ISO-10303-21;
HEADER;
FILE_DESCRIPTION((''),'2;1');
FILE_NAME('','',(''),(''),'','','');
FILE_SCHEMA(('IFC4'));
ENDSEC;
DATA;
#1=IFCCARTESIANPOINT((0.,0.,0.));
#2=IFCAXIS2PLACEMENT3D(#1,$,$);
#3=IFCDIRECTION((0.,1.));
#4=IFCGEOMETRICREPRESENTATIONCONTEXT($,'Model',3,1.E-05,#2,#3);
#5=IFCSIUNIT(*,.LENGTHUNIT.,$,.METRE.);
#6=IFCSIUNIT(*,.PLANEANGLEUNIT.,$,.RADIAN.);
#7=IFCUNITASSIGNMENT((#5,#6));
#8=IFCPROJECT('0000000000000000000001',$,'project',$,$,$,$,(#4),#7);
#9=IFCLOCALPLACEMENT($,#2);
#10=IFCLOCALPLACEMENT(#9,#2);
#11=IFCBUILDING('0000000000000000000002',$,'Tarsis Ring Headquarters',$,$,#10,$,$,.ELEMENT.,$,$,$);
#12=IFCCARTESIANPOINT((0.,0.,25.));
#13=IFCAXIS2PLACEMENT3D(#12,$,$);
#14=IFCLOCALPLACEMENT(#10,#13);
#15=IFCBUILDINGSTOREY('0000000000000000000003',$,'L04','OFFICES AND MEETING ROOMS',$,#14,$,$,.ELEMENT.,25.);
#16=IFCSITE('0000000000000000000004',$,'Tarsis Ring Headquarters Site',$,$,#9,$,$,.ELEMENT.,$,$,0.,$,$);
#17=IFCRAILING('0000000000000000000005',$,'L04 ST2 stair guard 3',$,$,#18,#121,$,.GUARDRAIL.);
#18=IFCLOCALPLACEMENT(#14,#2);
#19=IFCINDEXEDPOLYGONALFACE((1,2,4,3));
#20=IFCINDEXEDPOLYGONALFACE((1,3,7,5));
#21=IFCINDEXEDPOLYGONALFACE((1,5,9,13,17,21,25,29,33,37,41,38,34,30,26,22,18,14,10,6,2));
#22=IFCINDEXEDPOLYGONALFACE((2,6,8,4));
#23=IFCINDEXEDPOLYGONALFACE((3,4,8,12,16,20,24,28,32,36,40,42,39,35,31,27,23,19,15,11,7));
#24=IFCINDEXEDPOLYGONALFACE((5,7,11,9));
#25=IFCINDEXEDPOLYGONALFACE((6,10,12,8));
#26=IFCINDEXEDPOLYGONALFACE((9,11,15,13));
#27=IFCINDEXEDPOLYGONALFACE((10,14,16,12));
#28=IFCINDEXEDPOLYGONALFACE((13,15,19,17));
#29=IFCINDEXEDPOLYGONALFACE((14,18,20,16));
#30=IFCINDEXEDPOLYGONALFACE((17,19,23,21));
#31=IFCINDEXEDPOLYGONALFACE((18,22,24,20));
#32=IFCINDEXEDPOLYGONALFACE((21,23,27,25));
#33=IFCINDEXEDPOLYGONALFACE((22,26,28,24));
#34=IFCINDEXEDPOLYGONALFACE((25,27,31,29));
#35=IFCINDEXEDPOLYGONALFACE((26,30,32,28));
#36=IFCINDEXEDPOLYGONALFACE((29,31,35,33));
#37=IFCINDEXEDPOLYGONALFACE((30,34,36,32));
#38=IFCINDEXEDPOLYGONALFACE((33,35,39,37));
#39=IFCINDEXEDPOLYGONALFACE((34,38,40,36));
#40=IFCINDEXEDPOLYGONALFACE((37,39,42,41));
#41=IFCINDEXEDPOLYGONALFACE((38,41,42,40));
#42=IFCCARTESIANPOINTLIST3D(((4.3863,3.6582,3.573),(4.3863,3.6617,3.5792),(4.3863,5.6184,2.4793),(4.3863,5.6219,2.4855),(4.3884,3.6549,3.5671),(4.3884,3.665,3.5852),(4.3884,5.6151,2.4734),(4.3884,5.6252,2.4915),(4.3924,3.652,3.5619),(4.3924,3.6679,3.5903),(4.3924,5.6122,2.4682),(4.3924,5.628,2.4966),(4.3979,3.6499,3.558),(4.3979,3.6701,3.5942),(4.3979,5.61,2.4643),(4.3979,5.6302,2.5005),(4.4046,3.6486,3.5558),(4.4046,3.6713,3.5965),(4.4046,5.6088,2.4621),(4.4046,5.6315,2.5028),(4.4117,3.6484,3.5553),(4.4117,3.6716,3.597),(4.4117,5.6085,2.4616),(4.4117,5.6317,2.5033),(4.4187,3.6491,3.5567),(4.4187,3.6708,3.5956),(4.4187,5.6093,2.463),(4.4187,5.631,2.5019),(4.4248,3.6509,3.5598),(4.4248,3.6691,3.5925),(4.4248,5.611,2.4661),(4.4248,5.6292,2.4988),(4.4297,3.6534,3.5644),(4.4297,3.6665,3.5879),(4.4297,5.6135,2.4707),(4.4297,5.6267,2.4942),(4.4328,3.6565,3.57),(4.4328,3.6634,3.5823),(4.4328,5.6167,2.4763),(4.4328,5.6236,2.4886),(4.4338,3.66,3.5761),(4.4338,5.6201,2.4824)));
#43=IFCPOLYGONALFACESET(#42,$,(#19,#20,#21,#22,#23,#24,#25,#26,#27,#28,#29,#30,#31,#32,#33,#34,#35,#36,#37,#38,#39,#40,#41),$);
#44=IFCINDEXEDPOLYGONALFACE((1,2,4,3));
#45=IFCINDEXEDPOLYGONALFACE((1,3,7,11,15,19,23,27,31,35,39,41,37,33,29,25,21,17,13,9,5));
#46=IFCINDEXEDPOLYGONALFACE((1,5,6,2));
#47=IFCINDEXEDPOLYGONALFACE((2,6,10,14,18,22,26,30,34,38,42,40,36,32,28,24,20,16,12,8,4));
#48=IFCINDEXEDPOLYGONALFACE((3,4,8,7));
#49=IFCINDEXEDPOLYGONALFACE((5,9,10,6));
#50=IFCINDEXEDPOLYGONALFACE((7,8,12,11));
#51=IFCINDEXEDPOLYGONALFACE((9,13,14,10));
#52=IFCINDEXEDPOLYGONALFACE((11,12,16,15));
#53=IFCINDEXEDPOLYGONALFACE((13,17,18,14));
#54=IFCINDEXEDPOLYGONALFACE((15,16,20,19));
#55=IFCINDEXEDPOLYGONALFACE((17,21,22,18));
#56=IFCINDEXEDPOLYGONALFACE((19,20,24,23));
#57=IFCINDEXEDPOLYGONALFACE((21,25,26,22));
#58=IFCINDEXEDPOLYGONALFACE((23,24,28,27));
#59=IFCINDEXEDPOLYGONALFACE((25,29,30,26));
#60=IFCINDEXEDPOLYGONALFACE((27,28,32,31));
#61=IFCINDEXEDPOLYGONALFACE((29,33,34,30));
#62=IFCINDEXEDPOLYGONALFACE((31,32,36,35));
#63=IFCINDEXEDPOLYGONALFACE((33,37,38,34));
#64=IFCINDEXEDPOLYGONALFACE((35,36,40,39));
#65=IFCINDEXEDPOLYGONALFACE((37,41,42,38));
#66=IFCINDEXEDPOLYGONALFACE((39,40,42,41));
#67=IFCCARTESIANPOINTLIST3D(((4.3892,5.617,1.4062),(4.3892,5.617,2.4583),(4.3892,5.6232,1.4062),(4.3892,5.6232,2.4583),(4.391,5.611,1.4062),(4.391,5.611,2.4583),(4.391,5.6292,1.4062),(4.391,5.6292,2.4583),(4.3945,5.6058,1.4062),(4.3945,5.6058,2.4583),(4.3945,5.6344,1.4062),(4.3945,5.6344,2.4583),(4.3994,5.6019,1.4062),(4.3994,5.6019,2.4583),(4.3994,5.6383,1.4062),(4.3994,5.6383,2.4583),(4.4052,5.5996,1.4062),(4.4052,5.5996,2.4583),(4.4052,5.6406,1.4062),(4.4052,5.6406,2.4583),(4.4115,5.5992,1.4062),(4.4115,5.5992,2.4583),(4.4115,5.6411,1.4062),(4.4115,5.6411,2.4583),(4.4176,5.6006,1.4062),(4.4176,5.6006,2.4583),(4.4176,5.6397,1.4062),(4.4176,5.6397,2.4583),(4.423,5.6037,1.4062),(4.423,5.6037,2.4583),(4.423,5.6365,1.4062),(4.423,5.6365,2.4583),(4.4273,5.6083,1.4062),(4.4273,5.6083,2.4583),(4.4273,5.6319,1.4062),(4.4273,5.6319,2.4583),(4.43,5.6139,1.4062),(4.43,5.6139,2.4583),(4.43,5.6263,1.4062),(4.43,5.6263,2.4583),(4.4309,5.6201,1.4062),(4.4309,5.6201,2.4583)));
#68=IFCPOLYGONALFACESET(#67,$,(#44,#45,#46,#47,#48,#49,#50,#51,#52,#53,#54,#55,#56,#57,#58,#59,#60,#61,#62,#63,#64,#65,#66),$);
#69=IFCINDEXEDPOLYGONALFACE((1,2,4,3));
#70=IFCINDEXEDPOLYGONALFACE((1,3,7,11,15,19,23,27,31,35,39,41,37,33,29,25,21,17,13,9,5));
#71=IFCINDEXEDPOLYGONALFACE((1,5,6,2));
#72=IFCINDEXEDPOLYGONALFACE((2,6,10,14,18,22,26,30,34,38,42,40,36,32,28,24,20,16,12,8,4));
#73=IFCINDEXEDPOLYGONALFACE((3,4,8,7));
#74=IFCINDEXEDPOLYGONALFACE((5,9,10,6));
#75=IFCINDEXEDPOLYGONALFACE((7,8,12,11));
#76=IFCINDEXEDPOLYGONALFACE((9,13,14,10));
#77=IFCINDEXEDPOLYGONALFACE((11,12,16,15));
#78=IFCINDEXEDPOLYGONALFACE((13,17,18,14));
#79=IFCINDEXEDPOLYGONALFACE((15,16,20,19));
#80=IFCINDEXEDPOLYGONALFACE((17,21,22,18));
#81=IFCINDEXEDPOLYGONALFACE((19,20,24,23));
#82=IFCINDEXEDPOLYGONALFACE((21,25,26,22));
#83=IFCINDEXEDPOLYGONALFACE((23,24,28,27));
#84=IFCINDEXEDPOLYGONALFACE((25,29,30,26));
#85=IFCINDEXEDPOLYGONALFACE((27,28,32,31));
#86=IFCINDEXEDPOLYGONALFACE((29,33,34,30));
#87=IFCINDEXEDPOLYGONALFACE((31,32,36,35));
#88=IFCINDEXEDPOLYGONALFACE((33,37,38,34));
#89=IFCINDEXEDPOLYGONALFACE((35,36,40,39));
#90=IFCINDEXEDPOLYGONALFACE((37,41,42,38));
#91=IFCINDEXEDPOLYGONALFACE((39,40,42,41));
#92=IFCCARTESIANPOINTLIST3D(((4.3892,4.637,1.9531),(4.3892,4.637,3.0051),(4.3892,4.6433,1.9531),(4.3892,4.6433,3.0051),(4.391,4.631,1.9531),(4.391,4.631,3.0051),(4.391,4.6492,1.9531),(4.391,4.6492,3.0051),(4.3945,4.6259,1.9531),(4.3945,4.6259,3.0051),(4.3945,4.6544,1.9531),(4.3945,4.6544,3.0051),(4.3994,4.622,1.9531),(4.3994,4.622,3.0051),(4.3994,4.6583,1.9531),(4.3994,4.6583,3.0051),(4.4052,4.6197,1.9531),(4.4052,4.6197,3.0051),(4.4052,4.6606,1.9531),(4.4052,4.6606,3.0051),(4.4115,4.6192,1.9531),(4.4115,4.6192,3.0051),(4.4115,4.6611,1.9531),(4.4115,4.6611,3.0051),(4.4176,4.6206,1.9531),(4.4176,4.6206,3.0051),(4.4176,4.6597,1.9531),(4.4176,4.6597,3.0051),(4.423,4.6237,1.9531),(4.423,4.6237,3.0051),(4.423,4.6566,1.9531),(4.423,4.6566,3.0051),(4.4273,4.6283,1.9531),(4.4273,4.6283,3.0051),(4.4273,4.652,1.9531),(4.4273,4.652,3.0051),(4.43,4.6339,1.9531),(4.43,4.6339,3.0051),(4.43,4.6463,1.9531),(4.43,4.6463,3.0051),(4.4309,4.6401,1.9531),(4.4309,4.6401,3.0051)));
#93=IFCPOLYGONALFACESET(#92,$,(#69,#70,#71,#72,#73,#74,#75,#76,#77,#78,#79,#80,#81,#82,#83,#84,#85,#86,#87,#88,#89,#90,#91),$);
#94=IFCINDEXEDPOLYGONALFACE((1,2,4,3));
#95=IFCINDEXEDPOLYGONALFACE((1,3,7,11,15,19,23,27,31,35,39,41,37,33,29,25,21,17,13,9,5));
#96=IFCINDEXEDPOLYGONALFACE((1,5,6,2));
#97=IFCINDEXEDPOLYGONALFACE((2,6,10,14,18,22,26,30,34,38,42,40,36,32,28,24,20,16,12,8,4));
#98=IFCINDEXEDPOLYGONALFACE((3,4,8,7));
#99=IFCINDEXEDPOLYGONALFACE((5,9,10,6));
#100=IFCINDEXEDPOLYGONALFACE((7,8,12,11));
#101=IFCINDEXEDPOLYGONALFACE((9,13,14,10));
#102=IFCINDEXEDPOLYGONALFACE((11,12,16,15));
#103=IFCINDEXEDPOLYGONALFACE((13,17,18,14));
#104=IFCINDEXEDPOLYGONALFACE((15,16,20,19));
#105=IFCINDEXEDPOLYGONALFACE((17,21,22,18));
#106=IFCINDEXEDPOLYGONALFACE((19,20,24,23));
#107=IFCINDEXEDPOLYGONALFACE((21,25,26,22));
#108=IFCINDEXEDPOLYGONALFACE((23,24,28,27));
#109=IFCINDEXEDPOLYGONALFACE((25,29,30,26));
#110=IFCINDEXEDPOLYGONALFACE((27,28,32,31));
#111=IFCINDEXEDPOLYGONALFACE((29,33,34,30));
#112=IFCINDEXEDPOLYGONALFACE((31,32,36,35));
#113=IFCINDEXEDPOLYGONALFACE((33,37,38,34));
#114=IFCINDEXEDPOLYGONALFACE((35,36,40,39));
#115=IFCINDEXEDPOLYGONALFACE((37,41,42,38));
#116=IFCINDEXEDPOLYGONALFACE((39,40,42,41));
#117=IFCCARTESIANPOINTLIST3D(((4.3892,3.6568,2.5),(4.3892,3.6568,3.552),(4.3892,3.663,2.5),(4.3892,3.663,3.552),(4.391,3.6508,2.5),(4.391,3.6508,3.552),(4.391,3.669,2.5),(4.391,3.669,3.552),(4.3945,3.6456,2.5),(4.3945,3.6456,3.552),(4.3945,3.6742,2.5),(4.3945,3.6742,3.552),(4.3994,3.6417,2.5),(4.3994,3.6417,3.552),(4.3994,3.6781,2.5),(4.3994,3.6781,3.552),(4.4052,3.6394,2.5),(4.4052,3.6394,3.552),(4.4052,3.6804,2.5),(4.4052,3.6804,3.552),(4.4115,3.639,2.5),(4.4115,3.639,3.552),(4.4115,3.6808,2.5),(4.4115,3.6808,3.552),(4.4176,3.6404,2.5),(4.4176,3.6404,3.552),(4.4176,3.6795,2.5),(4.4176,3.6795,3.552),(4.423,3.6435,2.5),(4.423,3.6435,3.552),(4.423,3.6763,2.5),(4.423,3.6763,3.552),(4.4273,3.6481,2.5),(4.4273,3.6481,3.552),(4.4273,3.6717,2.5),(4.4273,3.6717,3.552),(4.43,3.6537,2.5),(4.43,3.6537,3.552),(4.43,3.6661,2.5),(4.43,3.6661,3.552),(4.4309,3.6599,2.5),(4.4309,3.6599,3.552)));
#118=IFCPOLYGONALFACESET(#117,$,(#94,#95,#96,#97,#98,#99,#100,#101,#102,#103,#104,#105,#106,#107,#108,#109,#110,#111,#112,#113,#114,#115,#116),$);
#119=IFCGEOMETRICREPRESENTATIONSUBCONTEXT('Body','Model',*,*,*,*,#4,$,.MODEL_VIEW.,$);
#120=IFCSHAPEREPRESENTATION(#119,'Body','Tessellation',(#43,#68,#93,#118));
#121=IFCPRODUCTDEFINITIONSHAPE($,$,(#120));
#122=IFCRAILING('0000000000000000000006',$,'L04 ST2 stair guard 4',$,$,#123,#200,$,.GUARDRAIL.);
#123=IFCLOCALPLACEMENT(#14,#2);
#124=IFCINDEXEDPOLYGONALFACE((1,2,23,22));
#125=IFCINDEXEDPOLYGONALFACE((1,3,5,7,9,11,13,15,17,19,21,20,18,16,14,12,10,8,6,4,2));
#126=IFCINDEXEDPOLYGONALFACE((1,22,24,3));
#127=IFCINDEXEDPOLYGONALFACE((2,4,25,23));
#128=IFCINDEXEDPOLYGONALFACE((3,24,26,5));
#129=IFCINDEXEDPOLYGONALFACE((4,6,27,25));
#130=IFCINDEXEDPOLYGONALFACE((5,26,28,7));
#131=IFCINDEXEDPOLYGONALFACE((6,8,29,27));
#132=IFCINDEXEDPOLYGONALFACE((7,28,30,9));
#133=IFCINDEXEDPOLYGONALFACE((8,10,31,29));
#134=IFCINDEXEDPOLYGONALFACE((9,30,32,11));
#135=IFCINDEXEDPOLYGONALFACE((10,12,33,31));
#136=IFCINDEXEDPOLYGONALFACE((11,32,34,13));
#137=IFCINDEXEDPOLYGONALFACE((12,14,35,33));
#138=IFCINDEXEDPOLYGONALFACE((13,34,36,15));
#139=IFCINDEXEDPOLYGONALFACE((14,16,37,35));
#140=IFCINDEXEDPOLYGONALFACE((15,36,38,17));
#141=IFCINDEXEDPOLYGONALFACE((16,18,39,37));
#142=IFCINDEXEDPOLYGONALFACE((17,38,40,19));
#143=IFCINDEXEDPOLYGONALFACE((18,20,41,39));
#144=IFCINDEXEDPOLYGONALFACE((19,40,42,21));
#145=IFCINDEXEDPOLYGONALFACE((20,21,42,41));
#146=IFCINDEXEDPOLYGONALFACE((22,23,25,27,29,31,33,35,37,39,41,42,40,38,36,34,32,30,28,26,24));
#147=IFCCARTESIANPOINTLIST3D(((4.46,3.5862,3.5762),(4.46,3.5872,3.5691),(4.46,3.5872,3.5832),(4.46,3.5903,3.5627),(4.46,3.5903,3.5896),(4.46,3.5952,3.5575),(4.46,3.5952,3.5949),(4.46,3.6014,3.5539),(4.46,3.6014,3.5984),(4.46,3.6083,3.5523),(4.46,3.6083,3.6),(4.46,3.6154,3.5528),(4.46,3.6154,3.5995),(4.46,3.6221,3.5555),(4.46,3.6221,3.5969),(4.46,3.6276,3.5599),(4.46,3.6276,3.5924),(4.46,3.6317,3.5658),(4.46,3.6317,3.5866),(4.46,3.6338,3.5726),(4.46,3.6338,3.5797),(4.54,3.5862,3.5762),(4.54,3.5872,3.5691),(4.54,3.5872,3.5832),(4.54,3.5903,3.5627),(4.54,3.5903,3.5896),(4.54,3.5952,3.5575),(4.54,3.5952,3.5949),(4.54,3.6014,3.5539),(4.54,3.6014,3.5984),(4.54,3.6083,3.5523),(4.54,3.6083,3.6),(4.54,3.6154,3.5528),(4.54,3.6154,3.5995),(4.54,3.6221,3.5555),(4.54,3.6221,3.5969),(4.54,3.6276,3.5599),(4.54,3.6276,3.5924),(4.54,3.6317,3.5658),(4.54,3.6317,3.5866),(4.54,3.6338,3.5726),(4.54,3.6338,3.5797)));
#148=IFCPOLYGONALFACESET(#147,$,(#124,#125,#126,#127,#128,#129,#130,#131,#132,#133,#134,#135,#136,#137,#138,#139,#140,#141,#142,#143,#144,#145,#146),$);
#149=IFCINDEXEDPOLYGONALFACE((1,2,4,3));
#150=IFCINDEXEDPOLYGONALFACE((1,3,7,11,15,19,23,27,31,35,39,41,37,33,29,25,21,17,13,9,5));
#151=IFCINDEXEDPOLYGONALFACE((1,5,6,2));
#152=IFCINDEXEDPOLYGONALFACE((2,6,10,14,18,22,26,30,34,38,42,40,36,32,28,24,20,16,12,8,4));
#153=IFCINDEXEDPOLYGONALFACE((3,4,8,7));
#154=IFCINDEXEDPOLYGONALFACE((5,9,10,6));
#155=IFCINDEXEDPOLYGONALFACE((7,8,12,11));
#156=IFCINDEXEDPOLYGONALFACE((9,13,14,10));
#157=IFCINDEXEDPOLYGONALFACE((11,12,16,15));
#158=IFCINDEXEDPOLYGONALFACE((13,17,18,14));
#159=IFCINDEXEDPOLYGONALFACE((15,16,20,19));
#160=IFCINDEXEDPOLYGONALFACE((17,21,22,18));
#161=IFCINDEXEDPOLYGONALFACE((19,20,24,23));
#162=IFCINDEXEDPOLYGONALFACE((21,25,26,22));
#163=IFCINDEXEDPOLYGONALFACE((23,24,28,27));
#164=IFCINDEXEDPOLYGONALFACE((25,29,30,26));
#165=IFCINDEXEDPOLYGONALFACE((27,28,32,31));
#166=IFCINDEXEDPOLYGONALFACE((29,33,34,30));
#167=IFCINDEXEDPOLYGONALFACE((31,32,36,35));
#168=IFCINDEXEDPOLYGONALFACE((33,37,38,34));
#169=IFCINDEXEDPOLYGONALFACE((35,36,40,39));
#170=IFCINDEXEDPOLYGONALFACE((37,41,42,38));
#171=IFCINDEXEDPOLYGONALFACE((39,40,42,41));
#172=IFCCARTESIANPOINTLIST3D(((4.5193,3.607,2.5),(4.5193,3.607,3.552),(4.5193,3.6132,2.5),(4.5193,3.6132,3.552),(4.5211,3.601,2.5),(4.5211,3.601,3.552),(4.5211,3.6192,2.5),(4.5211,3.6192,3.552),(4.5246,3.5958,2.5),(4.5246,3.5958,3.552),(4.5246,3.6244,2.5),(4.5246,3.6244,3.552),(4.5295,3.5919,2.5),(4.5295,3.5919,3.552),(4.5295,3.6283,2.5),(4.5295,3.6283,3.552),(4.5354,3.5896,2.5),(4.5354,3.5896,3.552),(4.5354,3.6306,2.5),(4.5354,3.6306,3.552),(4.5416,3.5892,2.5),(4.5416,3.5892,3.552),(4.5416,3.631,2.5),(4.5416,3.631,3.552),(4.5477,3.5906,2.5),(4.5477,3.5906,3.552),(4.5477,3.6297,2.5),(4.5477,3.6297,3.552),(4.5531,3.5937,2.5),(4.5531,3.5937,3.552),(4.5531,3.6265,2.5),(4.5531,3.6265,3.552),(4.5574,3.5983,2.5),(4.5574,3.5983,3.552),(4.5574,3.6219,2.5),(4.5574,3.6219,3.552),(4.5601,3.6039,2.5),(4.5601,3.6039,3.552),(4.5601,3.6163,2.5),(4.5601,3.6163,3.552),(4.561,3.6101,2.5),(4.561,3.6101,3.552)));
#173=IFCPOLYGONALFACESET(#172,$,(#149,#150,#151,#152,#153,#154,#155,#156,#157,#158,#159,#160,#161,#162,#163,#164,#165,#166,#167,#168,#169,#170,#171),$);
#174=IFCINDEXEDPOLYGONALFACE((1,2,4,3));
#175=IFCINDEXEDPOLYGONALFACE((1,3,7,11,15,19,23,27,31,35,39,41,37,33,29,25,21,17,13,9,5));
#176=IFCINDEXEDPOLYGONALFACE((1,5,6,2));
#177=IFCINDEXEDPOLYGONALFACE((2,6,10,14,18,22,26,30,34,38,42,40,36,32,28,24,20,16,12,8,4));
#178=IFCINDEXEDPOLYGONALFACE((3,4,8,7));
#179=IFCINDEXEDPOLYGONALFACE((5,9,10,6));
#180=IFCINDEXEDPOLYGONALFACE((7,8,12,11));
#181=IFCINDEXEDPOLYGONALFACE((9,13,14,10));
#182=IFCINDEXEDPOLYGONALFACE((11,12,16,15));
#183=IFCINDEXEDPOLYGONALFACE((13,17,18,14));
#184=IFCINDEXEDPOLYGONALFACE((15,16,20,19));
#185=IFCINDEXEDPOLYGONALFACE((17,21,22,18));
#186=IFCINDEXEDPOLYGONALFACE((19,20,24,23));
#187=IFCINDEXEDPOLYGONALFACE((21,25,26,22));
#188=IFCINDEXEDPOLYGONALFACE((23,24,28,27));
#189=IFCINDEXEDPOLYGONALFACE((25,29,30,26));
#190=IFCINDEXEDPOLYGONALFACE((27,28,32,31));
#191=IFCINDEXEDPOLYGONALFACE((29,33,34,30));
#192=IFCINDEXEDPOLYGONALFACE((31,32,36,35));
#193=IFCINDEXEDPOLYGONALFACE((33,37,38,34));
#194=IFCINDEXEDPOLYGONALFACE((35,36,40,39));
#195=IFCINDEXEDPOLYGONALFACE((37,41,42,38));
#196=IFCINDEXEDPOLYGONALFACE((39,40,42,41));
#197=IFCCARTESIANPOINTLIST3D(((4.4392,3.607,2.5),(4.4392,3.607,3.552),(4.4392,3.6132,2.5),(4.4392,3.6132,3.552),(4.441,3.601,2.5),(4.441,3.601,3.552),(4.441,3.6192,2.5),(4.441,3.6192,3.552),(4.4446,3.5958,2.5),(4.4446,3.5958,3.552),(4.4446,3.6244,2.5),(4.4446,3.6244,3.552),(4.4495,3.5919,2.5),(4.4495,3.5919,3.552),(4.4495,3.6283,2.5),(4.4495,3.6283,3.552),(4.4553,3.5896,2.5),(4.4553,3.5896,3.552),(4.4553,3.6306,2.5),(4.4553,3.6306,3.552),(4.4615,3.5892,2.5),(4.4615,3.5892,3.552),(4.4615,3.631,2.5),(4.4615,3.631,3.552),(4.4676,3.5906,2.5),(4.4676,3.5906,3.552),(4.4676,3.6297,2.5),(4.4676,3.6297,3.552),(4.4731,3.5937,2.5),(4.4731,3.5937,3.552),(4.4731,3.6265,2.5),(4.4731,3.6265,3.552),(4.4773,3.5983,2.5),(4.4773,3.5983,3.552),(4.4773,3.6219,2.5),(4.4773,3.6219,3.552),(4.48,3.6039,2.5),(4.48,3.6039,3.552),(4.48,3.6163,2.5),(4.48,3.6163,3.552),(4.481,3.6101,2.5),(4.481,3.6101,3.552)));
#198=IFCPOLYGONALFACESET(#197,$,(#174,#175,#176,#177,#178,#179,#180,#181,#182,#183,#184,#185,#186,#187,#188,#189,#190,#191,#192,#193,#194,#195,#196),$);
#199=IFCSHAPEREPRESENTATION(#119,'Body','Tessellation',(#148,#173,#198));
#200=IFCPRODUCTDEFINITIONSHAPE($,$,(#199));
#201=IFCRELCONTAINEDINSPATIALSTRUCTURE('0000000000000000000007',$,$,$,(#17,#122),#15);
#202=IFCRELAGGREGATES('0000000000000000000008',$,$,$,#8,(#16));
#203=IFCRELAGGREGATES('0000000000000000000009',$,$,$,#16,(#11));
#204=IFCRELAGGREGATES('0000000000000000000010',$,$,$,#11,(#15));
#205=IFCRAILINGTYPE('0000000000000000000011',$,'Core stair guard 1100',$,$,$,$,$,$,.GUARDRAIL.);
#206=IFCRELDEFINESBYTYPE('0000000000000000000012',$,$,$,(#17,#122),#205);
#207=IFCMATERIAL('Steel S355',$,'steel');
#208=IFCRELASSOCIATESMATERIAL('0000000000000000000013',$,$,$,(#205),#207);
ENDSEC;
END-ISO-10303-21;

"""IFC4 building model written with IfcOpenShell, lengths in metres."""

from ifc_helpers import new_model, si_unit, direction, frame, origin, origin_2d, place, context, subcontext, project, spatial, circle, extrude, material, type_object, element, save


model = new_model("IFC4")

# Units and contexts
model_context = context("Model", 3, precision=1e-05, world=origin(), true_north=direction((0.0, 1.0)))
body_context = subcontext(model_context, "Body", "Model", "MODEL_VIEW")
ifc_project = project(units=[si_unit("LENGTHUNIT", "METRE"), si_unit("PLANEANGLEUNIT", "RADIAN")], contexts=[model_context])

# Site, building, storey
site_placement = place(None, origin())
site = spatial("IfcSite", under=ifc_project, at=site_placement, Name="Tarsis Ring Headquarters Site", CompositionType="ELEMENT", RefElevation=0.0)
building_placement = place(site_placement, origin())
building = spatial("IfcBuilding", under=site, at=building_placement, Name="Tarsis Ring Headquarters", CompositionType="ELEMENT")
storey_placement = place(building_placement, frame((0.0, 0.0, 25.0)))
storey = spatial("IfcBuildingStorey", under=building, at=storey_placement, Name="L04", Description="OFFICES AND MEETING ROOMS", CompositionType="ELEMENT", Elevation=25.0)

# Railings
ifc_material_1 = material(Name="Steel S355", Category="steel")
railing_type_1 = type_object("IfcRailingType", Name="Core stair guard 1100", PredefinedType="GUARDRAIL", material=ifc_material_1)
railing_1_placement = place(storey_placement, frame((4.4099, 5.6201, 1.4062)))
element("IfcRailing", 1, at=railing_1_placement, inside=storey, type_object=railing_type_1, Name="L04 ST2 stair guard 3", PredefinedType="GUARDRAIL", context=body_context, shape_type="SweptSolid", body=[
    extrude(circle(Radius=0.0239, at=origin_2d()), frame((0.0, 0.0, 1.0762), z_axis=(0.0, -0.873258, 0.487258), x_axis=(1.0, 0.0, 0.0)), (0.0, 0.0, 1.0), 2.2446),
    extrude(circle(Radius=0.021, at=origin_2d()), origin(), (0.0, 0.0, 1.0), 1.052),
    extrude(circle(Radius=0.021, at=origin_2d()), frame((0.0, -0.98, 0.5469)), (0.0, 0.0, 1.0), 1.052),
    extrude(circle(Radius=0.021, at=origin_2d()), frame((0.0, -1.9602, 1.0938)), (0.0, 0.0, 1.0), 1.052),
])
railing_2_placement = place(storey_placement, frame((4.54, 3.6101, 2.5)))
element("IfcRailing", 2, at=railing_2_placement, inside=storey, type_object=railing_type_1, Name="L04 ST2 stair guard 4", PredefinedType="GUARDRAIL", context=body_context, shape_type="SweptSolid", body=[
    extrude(circle(Radius=0.0239, at=origin_2d()), frame((0.0, 0.0, 1.0762), z_axis=(-1.0, 0.0, 0.0), x_axis=(0.0, -1.0, 0.0)), (0.0, 0.0, 1.0), 0.0801),
    extrude(circle(Radius=0.021, at=origin_2d()), origin(), (0.0, 0.0, 1.0), 1.052),
    extrude(circle(Radius=0.021, at=origin_2d()), frame((-0.0801, 0.0, 0.0)), (0.0, 0.0, 1.0), 1.052),
])

save(model, "model.ifc")
